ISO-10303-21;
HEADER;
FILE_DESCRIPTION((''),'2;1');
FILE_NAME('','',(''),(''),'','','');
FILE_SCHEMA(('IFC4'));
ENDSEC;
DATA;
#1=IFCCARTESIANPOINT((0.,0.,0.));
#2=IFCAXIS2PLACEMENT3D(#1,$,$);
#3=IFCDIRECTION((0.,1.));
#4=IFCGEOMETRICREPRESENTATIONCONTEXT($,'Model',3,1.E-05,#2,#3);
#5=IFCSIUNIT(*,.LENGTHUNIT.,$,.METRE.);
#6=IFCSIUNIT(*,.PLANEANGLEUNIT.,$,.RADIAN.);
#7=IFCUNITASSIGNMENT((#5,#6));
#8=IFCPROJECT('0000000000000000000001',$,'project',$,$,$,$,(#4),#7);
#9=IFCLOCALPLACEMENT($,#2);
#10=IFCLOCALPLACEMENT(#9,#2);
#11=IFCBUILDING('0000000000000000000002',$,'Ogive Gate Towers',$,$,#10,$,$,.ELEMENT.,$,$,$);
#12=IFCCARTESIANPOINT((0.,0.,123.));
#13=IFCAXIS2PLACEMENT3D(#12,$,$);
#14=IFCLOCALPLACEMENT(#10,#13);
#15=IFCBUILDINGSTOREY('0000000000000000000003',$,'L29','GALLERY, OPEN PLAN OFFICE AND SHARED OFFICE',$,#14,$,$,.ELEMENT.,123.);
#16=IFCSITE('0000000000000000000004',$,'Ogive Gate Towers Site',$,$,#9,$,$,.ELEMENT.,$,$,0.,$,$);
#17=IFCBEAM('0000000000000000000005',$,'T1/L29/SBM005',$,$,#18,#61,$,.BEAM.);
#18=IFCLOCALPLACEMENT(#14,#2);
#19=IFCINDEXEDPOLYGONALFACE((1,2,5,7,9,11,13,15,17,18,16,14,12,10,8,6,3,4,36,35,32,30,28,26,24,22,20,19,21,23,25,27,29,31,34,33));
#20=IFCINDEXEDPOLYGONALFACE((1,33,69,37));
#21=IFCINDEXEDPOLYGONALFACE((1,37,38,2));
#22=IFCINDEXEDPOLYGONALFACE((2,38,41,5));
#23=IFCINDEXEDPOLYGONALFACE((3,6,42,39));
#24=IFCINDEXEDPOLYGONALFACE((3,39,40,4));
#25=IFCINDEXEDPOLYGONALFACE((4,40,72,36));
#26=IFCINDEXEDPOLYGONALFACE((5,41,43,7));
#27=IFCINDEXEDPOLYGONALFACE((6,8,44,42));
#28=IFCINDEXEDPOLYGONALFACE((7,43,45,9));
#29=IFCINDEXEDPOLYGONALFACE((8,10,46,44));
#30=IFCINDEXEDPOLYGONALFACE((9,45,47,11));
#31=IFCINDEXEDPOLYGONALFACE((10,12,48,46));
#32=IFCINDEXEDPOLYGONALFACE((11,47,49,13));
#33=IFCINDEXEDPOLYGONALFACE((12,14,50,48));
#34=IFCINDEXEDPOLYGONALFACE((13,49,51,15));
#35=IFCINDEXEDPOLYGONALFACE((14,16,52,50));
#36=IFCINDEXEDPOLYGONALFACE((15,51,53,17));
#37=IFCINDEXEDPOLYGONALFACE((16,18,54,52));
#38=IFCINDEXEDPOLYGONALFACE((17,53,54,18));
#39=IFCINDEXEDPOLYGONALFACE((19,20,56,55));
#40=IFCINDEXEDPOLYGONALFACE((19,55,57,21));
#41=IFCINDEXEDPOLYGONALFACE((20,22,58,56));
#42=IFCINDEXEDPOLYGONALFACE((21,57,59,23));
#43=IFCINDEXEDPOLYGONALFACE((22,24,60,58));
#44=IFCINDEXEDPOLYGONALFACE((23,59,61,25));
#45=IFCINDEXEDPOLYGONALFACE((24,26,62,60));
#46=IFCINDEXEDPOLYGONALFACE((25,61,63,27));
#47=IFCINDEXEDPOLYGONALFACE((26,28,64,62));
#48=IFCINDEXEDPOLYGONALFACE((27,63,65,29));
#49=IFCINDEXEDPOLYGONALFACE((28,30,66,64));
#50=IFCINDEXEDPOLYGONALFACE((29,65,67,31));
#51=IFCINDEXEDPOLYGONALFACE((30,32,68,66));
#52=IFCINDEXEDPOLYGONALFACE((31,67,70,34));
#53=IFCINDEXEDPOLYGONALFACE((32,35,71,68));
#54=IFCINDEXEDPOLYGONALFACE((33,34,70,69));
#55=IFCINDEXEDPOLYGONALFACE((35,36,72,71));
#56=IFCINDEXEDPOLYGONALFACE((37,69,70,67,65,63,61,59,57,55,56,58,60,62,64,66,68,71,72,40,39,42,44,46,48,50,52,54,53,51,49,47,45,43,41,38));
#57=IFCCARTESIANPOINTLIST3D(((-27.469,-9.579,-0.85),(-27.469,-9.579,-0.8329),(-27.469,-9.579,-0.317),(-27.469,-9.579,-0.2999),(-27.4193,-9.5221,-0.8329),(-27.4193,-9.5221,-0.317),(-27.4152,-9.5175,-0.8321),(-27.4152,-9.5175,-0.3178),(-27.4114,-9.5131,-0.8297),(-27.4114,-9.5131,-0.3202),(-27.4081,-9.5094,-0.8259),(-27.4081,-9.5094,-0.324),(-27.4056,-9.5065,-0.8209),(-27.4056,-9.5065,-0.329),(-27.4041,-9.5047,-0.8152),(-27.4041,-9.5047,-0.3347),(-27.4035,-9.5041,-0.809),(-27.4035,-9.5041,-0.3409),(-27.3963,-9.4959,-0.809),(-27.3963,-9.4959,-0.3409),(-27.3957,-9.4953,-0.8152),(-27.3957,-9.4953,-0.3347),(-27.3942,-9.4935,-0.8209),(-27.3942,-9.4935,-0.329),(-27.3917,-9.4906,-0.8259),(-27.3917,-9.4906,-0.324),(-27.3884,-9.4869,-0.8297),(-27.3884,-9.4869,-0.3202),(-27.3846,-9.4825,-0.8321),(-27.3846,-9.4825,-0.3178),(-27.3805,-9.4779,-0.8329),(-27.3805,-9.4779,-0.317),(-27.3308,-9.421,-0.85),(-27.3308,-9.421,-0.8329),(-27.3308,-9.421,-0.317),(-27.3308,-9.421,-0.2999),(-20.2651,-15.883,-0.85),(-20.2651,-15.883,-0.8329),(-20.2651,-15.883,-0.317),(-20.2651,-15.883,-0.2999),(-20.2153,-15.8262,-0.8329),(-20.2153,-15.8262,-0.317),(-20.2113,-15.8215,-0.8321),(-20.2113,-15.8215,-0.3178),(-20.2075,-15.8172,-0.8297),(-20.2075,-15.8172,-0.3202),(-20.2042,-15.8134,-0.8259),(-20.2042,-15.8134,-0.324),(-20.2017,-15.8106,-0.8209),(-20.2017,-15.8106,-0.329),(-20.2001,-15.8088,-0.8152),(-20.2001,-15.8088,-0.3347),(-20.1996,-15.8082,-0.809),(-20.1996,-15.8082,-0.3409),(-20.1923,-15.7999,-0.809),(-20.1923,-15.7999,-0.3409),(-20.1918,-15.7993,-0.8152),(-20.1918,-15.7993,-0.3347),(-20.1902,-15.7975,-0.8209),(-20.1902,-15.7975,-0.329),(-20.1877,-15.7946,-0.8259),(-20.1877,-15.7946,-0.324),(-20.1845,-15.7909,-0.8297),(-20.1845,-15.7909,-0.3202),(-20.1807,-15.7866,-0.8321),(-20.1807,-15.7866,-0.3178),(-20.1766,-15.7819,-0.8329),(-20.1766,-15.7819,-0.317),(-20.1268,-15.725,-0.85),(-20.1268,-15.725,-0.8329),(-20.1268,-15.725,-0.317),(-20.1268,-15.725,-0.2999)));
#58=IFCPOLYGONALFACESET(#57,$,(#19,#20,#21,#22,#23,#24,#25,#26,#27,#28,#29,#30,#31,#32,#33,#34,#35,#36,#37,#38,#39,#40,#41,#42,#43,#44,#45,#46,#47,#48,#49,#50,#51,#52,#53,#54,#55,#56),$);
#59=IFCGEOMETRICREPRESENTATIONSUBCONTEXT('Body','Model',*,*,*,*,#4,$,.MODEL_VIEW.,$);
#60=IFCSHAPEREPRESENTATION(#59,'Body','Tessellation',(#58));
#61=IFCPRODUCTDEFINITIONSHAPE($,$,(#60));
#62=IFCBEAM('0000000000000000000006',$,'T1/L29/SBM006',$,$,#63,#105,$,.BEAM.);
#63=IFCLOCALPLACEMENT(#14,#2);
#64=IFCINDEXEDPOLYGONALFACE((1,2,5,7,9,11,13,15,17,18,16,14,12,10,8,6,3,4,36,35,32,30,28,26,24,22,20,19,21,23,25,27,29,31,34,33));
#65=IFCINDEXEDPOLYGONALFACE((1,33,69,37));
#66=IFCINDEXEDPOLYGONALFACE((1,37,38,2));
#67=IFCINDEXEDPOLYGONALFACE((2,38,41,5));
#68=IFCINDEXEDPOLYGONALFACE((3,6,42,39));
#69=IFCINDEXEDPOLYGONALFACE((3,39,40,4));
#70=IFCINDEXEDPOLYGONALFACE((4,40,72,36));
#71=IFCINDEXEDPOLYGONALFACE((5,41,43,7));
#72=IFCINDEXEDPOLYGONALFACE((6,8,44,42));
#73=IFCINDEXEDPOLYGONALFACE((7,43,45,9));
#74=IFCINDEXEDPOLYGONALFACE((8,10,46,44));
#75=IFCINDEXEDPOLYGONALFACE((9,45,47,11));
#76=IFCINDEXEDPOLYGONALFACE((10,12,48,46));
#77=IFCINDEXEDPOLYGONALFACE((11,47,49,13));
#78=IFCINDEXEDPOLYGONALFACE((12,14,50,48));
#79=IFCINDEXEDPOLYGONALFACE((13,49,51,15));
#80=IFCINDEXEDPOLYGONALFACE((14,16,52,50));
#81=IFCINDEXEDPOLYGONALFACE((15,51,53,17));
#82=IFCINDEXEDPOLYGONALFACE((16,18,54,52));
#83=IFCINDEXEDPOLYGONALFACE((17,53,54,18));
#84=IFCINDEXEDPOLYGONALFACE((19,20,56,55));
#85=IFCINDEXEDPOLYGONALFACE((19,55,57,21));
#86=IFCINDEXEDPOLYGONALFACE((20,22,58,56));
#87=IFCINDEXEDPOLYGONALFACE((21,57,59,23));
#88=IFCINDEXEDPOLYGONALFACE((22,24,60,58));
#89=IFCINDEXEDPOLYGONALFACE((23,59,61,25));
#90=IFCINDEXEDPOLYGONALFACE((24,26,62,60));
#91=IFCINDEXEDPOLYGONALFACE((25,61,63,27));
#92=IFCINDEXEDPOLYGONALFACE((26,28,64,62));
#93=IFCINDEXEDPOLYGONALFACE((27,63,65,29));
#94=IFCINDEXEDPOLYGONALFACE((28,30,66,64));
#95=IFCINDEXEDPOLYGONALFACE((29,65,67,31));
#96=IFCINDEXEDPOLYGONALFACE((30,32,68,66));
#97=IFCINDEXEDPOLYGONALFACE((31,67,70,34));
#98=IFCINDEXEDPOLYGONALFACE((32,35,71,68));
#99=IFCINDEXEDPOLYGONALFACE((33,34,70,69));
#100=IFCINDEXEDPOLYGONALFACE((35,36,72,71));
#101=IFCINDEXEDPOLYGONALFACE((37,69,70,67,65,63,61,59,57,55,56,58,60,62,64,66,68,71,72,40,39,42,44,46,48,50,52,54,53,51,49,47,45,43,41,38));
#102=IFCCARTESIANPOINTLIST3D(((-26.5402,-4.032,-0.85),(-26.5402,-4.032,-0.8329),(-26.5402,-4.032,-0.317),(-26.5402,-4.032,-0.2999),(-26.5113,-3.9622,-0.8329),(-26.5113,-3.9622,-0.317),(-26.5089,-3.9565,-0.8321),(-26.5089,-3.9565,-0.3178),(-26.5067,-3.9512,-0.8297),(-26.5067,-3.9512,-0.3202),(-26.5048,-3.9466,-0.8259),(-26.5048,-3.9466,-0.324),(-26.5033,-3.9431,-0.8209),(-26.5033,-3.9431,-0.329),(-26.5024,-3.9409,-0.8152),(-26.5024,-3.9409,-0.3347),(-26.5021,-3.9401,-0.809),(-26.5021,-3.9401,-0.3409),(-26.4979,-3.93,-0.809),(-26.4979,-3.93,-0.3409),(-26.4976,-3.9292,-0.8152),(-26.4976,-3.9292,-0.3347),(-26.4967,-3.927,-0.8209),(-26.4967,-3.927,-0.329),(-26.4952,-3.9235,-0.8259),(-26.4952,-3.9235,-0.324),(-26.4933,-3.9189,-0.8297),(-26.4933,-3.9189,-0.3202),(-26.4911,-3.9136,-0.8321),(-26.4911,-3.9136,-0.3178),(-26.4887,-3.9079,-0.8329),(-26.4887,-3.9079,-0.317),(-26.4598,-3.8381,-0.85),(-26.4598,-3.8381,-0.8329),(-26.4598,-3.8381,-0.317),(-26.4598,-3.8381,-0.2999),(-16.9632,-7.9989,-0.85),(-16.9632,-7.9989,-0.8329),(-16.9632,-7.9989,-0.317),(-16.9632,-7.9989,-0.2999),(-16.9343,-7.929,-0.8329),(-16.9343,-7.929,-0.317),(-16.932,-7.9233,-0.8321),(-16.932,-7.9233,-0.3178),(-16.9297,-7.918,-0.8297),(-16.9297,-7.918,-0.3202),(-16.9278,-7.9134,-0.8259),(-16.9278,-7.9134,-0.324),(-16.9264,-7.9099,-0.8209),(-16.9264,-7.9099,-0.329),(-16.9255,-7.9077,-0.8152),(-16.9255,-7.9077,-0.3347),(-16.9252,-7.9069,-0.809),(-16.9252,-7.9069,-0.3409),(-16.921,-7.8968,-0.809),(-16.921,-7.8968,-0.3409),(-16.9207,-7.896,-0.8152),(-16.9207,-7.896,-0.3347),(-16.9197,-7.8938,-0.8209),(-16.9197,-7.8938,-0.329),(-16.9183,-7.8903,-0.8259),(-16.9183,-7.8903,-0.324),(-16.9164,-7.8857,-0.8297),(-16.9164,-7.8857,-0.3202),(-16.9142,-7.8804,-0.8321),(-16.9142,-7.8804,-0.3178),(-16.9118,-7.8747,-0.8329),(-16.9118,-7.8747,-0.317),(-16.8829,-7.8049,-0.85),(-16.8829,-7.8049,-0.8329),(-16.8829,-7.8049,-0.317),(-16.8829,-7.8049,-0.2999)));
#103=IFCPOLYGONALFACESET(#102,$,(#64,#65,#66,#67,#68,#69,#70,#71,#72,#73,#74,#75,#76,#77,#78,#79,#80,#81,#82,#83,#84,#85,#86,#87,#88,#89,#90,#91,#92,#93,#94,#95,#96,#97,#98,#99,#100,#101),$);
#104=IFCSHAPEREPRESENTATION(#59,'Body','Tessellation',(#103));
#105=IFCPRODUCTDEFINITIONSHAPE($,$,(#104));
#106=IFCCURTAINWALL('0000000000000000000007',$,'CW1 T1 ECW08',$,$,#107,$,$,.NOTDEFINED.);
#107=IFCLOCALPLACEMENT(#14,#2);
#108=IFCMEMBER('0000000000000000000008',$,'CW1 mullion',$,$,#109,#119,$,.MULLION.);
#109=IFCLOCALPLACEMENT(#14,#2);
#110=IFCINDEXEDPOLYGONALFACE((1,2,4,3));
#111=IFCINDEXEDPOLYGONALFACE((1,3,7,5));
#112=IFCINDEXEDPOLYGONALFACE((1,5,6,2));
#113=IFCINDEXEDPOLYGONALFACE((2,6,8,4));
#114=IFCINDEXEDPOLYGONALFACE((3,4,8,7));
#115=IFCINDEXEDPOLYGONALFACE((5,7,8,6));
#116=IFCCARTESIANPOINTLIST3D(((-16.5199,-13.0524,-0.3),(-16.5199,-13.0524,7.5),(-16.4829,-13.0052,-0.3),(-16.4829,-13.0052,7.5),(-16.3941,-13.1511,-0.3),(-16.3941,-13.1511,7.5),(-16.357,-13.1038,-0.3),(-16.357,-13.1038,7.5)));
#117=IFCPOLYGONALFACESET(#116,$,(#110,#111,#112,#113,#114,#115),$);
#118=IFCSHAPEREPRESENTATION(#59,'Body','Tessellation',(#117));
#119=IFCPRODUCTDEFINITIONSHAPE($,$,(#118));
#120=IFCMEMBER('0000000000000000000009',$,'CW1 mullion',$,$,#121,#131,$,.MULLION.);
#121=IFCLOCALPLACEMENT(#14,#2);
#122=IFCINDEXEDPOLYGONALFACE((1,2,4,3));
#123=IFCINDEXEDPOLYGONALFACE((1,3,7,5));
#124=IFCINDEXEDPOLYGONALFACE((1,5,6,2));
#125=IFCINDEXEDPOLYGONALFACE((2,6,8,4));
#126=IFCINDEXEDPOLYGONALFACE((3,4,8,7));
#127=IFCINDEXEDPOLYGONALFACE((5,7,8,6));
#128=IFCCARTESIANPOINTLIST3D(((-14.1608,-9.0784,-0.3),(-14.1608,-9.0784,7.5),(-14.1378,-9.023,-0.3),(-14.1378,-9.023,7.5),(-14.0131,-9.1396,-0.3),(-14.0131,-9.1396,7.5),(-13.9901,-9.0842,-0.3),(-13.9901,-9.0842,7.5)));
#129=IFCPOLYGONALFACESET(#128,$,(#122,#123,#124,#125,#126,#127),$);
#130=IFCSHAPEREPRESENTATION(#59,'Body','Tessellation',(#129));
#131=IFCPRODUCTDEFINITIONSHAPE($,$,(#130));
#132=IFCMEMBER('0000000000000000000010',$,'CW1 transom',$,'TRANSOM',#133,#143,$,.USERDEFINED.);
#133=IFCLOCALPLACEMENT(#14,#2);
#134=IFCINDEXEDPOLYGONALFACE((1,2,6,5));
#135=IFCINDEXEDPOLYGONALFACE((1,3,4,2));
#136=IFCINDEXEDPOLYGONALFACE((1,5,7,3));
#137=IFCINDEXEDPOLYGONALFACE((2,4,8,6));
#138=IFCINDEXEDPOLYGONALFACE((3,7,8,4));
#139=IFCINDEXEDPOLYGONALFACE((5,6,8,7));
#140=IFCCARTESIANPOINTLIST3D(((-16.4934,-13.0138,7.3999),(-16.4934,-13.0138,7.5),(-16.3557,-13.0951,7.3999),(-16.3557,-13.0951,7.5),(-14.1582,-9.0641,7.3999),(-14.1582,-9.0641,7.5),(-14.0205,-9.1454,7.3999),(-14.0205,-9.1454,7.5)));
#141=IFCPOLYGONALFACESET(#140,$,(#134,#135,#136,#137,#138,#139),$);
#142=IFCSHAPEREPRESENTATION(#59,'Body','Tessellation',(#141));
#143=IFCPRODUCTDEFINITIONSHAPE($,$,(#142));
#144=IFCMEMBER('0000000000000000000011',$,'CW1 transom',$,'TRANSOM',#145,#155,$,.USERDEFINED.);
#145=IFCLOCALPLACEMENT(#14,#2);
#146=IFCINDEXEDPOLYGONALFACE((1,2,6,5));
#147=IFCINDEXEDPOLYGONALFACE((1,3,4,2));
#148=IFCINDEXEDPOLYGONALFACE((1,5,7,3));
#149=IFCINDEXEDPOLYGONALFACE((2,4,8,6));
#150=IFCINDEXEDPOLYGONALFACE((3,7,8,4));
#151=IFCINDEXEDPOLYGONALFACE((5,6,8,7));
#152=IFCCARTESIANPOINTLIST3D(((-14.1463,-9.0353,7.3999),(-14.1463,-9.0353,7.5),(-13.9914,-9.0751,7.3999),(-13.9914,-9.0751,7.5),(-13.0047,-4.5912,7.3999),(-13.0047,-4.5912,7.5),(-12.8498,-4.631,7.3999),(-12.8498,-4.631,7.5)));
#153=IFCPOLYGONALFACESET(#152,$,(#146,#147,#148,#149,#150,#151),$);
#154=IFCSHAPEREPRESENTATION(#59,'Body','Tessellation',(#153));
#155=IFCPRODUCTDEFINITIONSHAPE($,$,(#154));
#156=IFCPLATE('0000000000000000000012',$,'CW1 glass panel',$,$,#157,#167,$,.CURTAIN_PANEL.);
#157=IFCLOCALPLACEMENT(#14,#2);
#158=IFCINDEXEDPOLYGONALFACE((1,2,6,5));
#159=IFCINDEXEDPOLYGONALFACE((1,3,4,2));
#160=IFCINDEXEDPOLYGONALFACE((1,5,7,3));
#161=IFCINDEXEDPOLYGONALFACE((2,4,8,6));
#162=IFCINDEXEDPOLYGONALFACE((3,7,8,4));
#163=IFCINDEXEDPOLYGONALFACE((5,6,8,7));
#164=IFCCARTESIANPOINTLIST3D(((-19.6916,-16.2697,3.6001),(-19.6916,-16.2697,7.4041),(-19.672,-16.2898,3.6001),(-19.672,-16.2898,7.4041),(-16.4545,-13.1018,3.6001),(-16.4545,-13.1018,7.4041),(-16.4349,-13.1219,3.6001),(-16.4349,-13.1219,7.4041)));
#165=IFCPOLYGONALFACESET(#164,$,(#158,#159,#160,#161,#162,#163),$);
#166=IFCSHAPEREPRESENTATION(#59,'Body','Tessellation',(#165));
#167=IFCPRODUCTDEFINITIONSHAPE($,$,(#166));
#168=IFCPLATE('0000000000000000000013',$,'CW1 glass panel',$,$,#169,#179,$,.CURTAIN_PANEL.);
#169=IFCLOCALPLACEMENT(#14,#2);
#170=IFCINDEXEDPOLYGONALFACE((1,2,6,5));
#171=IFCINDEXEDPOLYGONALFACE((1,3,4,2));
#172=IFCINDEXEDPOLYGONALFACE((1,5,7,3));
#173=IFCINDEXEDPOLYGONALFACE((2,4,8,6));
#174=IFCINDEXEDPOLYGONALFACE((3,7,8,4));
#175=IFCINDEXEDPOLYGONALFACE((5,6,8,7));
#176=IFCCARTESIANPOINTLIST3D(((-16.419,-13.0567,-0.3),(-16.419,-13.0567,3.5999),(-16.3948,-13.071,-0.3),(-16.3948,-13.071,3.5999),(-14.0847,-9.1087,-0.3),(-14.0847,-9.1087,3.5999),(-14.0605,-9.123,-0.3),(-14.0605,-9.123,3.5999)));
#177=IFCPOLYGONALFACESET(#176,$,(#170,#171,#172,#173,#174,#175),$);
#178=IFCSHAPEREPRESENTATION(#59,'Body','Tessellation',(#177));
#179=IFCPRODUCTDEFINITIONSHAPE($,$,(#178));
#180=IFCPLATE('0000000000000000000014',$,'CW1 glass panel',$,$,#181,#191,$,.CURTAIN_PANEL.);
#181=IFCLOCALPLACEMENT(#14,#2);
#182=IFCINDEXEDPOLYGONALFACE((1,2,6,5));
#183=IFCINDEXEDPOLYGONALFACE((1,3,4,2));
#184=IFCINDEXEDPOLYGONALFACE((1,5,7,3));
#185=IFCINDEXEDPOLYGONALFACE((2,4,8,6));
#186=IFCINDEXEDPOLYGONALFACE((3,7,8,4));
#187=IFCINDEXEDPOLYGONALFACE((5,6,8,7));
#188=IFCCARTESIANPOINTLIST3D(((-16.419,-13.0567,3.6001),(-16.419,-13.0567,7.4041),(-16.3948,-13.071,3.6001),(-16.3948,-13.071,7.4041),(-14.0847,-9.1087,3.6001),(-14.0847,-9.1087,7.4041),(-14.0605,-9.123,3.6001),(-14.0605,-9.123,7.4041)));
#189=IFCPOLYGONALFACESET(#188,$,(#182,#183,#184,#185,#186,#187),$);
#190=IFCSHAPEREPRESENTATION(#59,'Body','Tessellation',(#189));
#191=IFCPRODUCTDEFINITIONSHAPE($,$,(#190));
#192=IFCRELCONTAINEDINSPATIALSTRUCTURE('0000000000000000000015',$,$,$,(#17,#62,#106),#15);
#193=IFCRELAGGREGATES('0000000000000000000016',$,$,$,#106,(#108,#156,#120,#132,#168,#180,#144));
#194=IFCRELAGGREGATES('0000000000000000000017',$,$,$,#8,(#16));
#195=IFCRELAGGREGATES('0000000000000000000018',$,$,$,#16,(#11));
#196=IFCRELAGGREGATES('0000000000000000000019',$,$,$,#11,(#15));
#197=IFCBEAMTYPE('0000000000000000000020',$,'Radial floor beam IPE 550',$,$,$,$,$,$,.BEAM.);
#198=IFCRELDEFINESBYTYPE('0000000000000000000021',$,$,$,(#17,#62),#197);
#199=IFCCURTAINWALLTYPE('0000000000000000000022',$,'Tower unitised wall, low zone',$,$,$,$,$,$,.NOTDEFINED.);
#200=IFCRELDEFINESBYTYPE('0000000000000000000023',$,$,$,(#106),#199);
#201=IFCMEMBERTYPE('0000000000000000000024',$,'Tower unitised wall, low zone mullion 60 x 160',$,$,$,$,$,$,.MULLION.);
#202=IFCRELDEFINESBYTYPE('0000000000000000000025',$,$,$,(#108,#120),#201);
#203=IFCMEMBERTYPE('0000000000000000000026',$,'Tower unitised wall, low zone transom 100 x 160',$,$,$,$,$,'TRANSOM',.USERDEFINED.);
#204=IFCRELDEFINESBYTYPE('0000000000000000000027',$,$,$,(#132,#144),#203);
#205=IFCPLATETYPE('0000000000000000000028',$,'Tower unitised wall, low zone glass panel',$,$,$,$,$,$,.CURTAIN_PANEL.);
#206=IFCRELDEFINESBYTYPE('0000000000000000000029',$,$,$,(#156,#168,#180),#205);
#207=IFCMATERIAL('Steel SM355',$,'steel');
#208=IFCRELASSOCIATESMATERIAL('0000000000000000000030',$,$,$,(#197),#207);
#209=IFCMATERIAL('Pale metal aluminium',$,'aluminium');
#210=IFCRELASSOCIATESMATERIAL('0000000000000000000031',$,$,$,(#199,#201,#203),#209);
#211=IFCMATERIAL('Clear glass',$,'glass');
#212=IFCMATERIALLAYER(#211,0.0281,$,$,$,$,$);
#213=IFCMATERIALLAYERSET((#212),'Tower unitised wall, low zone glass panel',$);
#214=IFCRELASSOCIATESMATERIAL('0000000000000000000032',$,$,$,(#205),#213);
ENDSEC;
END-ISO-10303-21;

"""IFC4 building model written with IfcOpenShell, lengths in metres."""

from ifc_helpers import new_model, si_unit, direction, frame, origin, origin_2d, place, context, subcontext, project, spatial, rectangle, i_section, extrude, material, layer, layer_set, material_profile, profile_set, type_object, element, aggregate, save


model = new_model("IFC4")

# Units and contexts
model_context = context("Model", 3, precision=1e-05, world=origin(), true_north=direction((0.0, 1.0)))
body_context = subcontext(model_context, "Body", "Model", "MODEL_VIEW")
ifc_project = project(units=[si_unit("LENGTHUNIT", "METRE"), si_unit("PLANEANGLEUNIT", "RADIAN")], contexts=[model_context])

# Site, building, storey
site_placement = place(None, origin())
site = spatial("IfcSite", under=ifc_project, at=site_placement, Name="Ogive Gate Towers Site", CompositionType="ELEMENT", RefElevation=0.0)
building_placement = place(site_placement, origin())
building = spatial("IfcBuilding", under=site, at=building_placement, Name="Ogive Gate Towers", CompositionType="ELEMENT")
storey_placement = place(building_placement, frame((0.0, 0.0, 123.0)))
storey = spatial("IfcBuildingStorey", under=building, at=storey_placement, Name="L29", Description="GALLERY, OPEN PLAN OFFICE AND SHARED OFFICE", CompositionType="ELEMENT", Elevation=123.0)

# Beams
ifc_material_1 = material(Name="Steel SM355", Category="steel")
ifc_material_profile_1 = material_profile(ifc_material_1, i_section(OverallWidth=0.21, OverallDepth=0.55, WebThickness=0.011, FlangeThickness=0.0171, FilletRadius=0.0239, at=origin_2d()), Name="IPE 550")
ifc_profile_set_1 = profile_set([ifc_material_profile_1], Name="Steel SM355")
beam_type = type_object("IfcBeamType", Name="Radial floor beam IPE 550", PredefinedType="BEAM", material=ifc_profile_set_1)
beam_1_placement = place(storey_placement, frame((-27.3999, -9.5, -0.575), z_axis=(0.752547, -0.658539, 0.0), x_axis=(0.658539, 0.752547, 0.0)))
element("IfcBeam", 1, at=beam_1_placement, inside=storey, type_object=beam_type, Name="T1/L29/SBM005", PredefinedType="BEAM", context=body_context, shape_type="SweptSolid", body=[
    extrude(i_section(OverallWidth=0.21, OverallDepth=0.55, WebThickness=0.011, FlangeThickness=0.0171, FilletRadius=0.0239, at=origin_2d()), origin(), (0.0, 0.0, 1.0), 9.5728),
])
beam_2_placement = place(storey_placement, frame((-26.5, -3.9351, -0.575), z_axis=(0.923882, -0.382676, 0.0), x_axis=(0.382676, 0.923882, 0.0)))
element("IfcBeam", 2, at=beam_2_placement, inside=storey, type_object=beam_type, Name="T1/L29/SBM006", PredefinedType="BEAM", context=body_context, shape_type="SweptSolid", body=[
    extrude(i_section(OverallWidth=0.21, OverallDepth=0.55, WebThickness=0.011, FlangeThickness=0.0171, FilletRadius=0.0239, at=origin_2d()), origin(), (0.0, 0.0, 1.0), 10.366),
])

# Curtain wall, members, plates
ifc_material_2 = material(Name="Pale metal aluminium", Category="aluminium")
curtain_wall_type = type_object("IfcCurtainWallType", Name="Tower unitised wall, low zone", PredefinedType="NOTDEFINED", material=ifc_material_2)
curtain_wall_placement = place(storey_placement, origin())
curtain_wall = element("IfcCurtainWall", 3, at=curtain_wall_placement, inside=storey, type_object=curtain_wall_type, Name="CW1 T1 ECW08", PredefinedType="NOTDEFINED")
ifc_material_profile_2 = material_profile(ifc_material_2, rectangle(XDim=0.1599, YDim=0.0601, at=origin_2d()), Name="60 x 160 aluminium box")
ifc_profile_set_2 = profile_set([ifc_material_profile_2], Name="Pale metal aluminium")
member_type_1 = type_object("IfcMemberType", Name="Tower unitised wall, low zone mullion 60 x 160", PredefinedType="MULLION", material=ifc_profile_set_2)
member_1_placement = place(storey_placement, frame((-16.4385, -13.0781, -0.3), z_axis=(0.0, 0.0, 1.0), x_axis=(0.78686, -0.617132, 0.0)))
member_1 = element("IfcMember", 4, at=member_1_placement, type_object=member_type_1, Name="CW1 mullion", PredefinedType="MULLION", context=body_context, shape_type="SweptSolid", body=[
    extrude(rectangle(XDim=0.1599, YDim=0.0601, at=origin_2d()), origin(), (0.0, 0.0, 1.0), 7.8),
])
member_2_placement = place(storey_placement, frame((-14.0754, -9.0813, -0.3), z_axis=(0.0, 0.0, 1.0), x_axis=(0.92388, -0.382683, 0.0)))
member_2 = element("IfcMember", 5, at=member_2_placement, type_object=member_type_1, Name="CW1 mullion", PredefinedType="MULLION", context=body_context, shape_type="SweptSolid", body=[
    extrude(rectangle(XDim=0.1599, YDim=0.0601, at=origin_2d()), origin(), (0.0, 0.0, 1.0), 7.8),
])
ifc_material_profile_3 = material_profile(ifc_material_2, rectangle(XDim=0.1599, YDim=0.1001, at=origin_2d()), Name="100 x 160 aluminium box")
ifc_profile_set_3 = profile_set([ifc_material_profile_3], Name="Pale metal aluminium")
member_type_2 = type_object("IfcMemberType", Name="Tower unitised wall, low zone transom 100 x 160", ElementType="TRANSOM", PredefinedType="USERDEFINED", material=ifc_profile_set_3)
member_3_placement = place(storey_placement, frame((-16.4246, -13.0544, 7.45), z_axis=(0.508937, 0.860804, 0.0), x_axis=(-0.860804, 0.508937, 0.0)))
member_3 = element("IfcMember", 6, at=member_3_placement, type_object=member_type_2, Name="CW1 transom", ObjectType="TRANSOM", PredefinedType="USERDEFINED", context=body_context, shape_type="SweptSolid", body=[
    extrude(rectangle(XDim=0.1599, YDim=0.1001, at=origin_2d()), origin(), (0.0, 0.0, 1.0), 4.5884),
])
member_4_placement = place(storey_placement, frame((-14.0688, -9.0552, 7.45), z_axis=(0.248803, 0.968554, 0.0), x_axis=(-0.968554, 0.248803, 0.0)))
member_4 = element("IfcMember", 7, at=member_4_placement, type_object=member_type_2, Name="CW1 transom", ObjectType="TRANSOM", PredefinedType="USERDEFINED", context=body_context, shape_type="SweptSolid", body=[
    extrude(rectangle(XDim=0.1599, YDim=0.1001, at=origin_2d()), origin(), (0.0, 0.0, 1.0), 4.5884),
])
ifc_material_3 = material(Name="Clear glass", Category="glass")
ifc_layer_1 = layer(ifc_material_3, 0.0281)
ifc_layer_set_1 = layer_set([ifc_layer_1], Name="Tower unitised wall, low zone glass panel")
plate_type = type_object("IfcPlateType", Name="Tower unitised wall, low zone glass panel", PredefinedType="CURTAIN_PANEL", material=ifc_layer_set_1)
plate_1_placement = place(storey_placement, frame((-18.0632, -14.6958, 3.6001), z_axis=(0.0, 0.0, 1.0), x_axis=(0.714705, 0.699426, 0.0)))
plate_1 = element("IfcPlate", 8, at=plate_1_placement, type_object=plate_type, Name="CW1 glass panel", PredefinedType="CURTAIN_PANEL", context=body_context, shape_type="SweptSolid", body=[
    extrude(rectangle(XDim=4.5293, YDim=0.0281, at=origin_2d()), origin(), (0.0, 0.0, 1.0), 3.804),
])
plate_2_placement = place(storey_placement, frame((-15.2397, -11.0898, -0.3), z_axis=(0.0, 0.0, 1.0), x_axis=(0.508951, 0.860795, 0.0)))
plate_2 = element("IfcPlate", 9, at=plate_2_placement, type_object=plate_type, Name="CW1 glass panel", PredefinedType="CURTAIN_PANEL", context=body_context, shape_type="SweptSolid", body=[
    extrude(rectangle(XDim=4.5864, YDim=0.0281, at=origin_2d()), origin(), (0.0, 0.0, 1.0), 3.8999),
])
plate_3_placement = place(storey_placement, frame((-15.2397, -11.0898, 3.6001), z_axis=(0.0, 0.0, 1.0), x_axis=(0.508951, 0.860795, 0.0)))
plate_3 = element("IfcPlate", 10, at=plate_3_placement, type_object=plate_type, Name="CW1 glass panel", PredefinedType="CURTAIN_PANEL", context=body_context, shape_type="SweptSolid", body=[
    extrude(rectangle(XDim=4.5864, YDim=0.0281, at=origin_2d()), origin(), (0.0, 0.0, 1.0), 3.804),
])
aggregate(curtain_wall, [member_1, plate_1, member_2, member_3, plate_2, plate_3, member_4])

save(model, "model.ifc")
